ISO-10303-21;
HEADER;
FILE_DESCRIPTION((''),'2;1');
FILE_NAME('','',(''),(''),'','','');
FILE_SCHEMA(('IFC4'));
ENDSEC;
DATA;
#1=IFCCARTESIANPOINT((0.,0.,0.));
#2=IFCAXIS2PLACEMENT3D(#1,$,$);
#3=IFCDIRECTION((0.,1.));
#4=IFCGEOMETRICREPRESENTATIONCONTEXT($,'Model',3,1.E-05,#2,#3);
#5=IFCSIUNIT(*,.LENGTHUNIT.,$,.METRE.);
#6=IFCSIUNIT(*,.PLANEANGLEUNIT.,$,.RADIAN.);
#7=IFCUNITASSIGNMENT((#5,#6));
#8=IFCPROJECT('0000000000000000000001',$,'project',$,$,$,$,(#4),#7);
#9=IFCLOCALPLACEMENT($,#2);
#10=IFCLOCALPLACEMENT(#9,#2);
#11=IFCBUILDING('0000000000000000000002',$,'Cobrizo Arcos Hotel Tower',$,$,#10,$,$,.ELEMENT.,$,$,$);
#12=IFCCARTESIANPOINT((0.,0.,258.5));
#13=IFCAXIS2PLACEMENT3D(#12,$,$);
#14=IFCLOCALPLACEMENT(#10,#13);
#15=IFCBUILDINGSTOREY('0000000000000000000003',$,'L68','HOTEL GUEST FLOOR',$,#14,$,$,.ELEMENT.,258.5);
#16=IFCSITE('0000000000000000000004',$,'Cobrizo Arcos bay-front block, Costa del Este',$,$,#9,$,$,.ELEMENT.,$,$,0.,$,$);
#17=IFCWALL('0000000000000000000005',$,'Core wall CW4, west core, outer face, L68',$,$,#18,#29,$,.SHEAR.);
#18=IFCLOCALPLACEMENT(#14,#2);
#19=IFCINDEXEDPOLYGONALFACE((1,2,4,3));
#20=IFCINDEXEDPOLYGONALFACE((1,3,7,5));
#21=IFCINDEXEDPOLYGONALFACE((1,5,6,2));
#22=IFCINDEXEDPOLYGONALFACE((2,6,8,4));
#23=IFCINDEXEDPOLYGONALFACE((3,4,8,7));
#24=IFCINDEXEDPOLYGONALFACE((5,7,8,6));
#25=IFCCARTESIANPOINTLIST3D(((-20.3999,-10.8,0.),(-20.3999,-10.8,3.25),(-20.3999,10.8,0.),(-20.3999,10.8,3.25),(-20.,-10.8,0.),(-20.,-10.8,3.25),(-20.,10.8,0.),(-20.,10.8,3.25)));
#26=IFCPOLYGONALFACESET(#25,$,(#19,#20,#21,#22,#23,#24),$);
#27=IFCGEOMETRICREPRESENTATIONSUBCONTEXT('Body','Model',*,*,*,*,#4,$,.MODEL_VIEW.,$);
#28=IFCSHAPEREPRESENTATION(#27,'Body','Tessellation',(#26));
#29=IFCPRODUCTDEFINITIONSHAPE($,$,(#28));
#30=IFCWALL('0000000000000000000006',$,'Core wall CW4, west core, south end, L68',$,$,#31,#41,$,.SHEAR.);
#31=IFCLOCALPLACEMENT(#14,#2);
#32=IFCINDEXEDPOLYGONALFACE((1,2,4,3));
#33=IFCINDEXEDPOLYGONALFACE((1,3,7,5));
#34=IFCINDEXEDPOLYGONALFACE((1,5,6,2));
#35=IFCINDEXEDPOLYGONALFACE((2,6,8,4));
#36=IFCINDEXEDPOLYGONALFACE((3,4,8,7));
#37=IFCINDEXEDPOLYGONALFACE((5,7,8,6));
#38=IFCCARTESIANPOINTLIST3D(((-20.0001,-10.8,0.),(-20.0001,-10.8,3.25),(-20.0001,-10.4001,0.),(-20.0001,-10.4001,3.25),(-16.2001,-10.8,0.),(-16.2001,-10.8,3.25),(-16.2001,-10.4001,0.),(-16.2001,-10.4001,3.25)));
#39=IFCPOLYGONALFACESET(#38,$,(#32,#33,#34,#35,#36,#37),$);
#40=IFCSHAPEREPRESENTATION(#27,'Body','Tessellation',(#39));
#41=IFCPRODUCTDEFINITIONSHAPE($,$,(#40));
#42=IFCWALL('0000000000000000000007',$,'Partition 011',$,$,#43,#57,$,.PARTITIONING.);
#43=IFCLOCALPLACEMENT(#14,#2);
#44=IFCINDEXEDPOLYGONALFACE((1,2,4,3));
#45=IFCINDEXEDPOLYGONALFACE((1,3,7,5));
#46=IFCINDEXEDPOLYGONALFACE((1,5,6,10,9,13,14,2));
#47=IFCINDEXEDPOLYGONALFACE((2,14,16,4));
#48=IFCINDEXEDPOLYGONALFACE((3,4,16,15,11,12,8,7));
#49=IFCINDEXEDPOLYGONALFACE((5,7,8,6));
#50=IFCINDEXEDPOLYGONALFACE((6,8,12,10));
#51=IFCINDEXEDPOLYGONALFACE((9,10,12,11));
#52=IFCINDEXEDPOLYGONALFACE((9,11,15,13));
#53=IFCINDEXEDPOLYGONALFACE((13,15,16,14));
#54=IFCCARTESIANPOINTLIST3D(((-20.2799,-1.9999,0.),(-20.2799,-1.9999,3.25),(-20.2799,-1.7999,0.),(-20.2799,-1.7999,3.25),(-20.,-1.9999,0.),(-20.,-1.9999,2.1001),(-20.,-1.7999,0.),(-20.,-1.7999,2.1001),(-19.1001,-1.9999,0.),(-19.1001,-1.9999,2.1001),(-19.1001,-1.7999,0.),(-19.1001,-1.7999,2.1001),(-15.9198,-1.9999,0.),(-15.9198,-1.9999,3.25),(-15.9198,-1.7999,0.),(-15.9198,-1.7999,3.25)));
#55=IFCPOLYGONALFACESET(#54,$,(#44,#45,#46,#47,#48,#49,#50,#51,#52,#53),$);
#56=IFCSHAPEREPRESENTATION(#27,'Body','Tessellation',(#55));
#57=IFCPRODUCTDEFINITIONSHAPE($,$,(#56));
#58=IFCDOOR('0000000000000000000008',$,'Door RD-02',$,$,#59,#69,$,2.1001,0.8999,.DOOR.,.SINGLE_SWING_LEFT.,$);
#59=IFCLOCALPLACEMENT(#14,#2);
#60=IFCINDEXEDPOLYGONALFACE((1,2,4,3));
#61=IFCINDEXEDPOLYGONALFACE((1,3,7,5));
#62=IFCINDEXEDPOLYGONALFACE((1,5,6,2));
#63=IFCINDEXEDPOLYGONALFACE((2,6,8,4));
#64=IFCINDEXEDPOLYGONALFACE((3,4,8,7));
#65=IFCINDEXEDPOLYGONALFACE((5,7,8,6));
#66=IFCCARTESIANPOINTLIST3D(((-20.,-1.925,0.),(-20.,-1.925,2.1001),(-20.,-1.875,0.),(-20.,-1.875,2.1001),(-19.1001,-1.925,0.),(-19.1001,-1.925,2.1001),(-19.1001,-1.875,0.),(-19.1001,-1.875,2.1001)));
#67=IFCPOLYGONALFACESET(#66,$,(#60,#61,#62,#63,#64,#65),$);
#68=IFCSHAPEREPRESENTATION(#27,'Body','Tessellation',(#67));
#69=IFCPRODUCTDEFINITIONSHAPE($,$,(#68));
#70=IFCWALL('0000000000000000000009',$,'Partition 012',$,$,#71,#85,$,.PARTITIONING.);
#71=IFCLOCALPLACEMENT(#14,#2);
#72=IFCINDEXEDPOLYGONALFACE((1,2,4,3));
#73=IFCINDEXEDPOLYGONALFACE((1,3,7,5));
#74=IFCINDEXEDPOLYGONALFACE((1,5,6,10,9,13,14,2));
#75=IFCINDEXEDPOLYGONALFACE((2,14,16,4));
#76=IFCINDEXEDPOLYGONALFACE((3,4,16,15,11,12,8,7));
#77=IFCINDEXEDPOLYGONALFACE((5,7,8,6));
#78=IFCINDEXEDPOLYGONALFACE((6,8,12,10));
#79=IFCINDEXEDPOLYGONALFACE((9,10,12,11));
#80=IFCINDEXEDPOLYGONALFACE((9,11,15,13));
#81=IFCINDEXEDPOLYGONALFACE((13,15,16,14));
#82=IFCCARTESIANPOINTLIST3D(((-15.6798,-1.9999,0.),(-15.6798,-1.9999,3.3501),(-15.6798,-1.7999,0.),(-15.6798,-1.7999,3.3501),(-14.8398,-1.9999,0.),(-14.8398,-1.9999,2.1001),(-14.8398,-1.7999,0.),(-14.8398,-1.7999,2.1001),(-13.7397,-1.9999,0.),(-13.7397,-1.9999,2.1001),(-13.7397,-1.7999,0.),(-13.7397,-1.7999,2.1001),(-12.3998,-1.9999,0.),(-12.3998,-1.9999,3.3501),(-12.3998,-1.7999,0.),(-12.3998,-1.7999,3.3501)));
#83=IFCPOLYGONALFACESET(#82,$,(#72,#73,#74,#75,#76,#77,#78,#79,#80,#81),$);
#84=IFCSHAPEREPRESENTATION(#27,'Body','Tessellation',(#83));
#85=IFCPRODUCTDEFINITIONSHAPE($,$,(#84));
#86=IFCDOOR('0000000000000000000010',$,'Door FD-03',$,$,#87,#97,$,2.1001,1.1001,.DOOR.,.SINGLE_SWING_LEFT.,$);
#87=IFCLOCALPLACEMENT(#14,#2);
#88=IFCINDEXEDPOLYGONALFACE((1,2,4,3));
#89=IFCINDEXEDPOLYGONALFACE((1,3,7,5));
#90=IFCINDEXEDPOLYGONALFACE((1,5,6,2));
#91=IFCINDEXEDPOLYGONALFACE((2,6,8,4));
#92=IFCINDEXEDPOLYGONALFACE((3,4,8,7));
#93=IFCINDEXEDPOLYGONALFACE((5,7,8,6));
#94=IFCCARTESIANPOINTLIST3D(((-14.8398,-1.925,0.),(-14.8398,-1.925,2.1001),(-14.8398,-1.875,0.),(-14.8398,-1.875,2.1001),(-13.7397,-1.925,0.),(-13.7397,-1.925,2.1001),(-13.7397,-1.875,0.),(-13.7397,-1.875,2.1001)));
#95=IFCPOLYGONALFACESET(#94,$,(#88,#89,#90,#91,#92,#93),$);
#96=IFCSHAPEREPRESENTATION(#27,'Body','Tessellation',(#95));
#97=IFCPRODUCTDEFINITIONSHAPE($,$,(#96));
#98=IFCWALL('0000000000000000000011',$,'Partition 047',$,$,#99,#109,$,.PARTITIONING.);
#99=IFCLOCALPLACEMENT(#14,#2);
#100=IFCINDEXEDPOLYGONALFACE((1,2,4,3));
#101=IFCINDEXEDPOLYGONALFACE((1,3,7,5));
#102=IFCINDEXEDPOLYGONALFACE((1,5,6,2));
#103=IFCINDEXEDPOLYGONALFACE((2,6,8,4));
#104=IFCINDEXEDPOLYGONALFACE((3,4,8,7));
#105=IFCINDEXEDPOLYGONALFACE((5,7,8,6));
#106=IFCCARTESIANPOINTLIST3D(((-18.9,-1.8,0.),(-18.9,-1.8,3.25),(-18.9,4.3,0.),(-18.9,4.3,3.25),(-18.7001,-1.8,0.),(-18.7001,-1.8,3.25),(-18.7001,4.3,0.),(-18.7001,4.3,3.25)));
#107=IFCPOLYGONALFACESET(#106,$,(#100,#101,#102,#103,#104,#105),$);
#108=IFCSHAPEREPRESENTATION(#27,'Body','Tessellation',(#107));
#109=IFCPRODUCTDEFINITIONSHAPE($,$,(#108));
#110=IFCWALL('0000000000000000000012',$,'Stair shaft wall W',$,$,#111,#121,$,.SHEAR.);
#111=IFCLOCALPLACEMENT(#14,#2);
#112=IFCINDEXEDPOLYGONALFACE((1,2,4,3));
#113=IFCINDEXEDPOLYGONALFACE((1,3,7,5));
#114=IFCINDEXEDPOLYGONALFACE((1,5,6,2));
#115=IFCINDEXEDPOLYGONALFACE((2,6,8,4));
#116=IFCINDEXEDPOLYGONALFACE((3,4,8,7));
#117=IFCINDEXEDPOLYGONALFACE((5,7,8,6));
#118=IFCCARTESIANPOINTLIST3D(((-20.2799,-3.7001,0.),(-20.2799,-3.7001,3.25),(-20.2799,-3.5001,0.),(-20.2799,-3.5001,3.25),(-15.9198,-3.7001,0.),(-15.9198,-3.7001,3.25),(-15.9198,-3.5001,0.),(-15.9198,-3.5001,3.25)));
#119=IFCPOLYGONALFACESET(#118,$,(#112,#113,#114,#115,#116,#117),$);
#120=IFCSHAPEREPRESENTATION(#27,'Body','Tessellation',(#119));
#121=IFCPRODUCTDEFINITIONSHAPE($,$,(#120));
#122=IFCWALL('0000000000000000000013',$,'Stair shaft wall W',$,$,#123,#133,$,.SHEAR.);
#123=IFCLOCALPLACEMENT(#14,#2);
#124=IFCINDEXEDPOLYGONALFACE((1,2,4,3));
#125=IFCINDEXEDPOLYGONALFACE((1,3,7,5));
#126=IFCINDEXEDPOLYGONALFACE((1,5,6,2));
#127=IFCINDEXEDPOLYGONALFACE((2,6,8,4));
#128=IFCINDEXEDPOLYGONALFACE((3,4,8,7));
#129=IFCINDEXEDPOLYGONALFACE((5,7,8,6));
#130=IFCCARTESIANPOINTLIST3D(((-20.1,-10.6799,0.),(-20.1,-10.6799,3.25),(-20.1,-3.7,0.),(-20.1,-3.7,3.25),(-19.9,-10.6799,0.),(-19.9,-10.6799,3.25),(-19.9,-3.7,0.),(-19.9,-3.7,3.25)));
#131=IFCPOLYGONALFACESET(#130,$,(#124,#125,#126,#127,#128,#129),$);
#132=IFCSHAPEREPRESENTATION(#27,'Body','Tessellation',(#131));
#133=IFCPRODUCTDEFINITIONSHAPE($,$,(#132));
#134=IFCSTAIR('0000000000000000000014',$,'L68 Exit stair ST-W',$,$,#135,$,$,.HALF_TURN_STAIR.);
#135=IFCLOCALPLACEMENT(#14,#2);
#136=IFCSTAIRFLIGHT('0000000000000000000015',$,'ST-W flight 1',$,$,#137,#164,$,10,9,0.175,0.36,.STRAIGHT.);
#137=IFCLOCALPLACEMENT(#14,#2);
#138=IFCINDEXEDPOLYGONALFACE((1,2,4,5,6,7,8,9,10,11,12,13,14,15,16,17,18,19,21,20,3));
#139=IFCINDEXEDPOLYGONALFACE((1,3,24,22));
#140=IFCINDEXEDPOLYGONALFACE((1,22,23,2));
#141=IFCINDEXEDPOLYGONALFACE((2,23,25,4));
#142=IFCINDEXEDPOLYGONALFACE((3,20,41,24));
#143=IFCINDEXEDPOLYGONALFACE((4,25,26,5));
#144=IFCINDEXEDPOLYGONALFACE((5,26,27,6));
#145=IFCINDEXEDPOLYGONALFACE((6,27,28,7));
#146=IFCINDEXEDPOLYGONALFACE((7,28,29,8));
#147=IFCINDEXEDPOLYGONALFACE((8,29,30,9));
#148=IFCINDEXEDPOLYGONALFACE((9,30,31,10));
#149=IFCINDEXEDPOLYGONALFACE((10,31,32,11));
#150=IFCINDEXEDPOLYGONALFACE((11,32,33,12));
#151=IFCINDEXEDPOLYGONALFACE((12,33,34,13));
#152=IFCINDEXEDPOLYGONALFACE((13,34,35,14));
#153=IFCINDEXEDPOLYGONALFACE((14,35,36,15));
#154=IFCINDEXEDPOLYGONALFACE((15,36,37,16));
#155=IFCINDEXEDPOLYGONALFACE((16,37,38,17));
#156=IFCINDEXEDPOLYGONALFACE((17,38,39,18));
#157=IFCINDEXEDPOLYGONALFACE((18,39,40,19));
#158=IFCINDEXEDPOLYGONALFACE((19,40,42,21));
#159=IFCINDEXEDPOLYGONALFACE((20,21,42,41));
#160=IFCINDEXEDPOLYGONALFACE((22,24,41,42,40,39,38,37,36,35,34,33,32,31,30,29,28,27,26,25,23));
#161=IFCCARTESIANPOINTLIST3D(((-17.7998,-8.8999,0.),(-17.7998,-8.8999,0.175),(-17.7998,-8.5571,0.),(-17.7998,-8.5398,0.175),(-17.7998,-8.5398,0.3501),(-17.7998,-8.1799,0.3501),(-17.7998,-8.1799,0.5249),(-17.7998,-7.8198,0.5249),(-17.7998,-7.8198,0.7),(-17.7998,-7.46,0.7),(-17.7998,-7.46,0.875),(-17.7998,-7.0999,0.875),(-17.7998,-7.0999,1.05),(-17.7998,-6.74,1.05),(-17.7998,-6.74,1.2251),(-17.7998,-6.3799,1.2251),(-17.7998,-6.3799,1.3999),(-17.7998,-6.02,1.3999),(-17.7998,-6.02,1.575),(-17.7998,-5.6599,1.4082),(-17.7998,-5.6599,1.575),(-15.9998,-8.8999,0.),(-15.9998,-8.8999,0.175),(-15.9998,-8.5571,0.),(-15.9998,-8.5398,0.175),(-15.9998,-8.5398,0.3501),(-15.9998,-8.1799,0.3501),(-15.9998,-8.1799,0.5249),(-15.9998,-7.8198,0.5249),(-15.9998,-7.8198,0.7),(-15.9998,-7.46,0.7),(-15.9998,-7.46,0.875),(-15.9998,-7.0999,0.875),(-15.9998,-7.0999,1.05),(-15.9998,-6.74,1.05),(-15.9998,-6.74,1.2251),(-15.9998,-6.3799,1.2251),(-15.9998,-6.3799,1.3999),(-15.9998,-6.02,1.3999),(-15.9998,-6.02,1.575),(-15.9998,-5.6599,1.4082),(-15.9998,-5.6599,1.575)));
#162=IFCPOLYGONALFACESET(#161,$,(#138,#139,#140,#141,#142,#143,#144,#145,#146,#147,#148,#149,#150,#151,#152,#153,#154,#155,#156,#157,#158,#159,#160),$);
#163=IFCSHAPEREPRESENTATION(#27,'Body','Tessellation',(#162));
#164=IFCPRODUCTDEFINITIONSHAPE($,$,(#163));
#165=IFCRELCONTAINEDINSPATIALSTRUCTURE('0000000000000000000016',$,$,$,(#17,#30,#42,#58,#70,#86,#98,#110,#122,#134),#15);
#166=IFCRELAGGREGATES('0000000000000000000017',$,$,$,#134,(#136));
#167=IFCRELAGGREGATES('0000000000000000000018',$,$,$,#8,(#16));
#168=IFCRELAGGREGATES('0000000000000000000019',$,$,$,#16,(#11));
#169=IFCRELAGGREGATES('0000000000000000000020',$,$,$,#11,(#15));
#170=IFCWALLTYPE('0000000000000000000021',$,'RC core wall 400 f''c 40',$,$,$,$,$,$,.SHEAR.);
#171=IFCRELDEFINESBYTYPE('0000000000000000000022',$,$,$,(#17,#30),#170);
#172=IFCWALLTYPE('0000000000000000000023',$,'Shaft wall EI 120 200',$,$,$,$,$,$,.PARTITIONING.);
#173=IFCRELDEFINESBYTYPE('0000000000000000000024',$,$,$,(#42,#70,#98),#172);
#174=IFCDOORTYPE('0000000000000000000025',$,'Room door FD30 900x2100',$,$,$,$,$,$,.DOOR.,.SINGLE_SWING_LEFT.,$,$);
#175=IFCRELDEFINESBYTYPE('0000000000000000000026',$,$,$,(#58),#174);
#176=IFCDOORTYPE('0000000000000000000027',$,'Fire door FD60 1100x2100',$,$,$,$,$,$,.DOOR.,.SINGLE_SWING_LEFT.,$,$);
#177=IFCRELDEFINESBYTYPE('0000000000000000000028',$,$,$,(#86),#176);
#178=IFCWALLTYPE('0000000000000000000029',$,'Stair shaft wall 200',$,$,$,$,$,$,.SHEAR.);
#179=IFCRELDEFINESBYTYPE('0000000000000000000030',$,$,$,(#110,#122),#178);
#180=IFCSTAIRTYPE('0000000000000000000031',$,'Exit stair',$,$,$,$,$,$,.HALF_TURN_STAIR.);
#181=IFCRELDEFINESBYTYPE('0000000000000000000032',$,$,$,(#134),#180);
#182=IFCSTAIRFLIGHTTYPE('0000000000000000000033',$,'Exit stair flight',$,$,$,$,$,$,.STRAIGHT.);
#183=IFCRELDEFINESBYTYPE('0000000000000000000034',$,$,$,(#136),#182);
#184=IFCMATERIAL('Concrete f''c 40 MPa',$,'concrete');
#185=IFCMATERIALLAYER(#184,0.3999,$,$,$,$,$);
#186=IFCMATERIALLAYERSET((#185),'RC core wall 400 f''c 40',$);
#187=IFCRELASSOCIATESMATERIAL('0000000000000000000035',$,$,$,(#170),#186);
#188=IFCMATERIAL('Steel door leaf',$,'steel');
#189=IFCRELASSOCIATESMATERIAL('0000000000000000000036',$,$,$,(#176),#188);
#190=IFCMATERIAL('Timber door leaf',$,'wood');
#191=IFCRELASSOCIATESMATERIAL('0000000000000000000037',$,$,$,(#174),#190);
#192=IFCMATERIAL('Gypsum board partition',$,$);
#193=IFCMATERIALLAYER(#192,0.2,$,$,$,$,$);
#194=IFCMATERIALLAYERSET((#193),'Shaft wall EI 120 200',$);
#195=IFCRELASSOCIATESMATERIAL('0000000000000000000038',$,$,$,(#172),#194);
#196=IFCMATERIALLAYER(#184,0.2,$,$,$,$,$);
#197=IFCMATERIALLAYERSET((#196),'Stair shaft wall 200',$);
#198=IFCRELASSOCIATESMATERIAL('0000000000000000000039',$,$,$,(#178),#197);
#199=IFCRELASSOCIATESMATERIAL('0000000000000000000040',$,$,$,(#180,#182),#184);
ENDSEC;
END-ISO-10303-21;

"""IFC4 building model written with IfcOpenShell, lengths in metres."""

from ifc_helpers import new_model, si_unit, direction, frame, frame_2d, origin, place, context, subcontext, project, spatial, polyline, rectangle, outline, extrude, material, layer, layer_set, type_object, element, fill, aggregate, save


model = new_model("IFC4")

# Units and contexts
model_context = context("Model", 3, precision=1e-05, world=origin(), true_north=direction((0.0, 1.0)))
body_context = subcontext(model_context, "Body", "Model", "MODEL_VIEW")
ifc_project = project(units=[si_unit("LENGTHUNIT", "METRE"), si_unit("PLANEANGLEUNIT", "RADIAN")], contexts=[model_context])

# Site, building, storey
site_placement = place(None, origin())
site = spatial("IfcSite", under=ifc_project, at=site_placement, Name="Cobrizo Arcos bay-front block, Costa del Este", CompositionType="ELEMENT", RefElevation=0.0)
building_placement = place(site_placement, origin())
building = spatial("IfcBuilding", under=site, at=building_placement, Name="Cobrizo Arcos Hotel Tower", CompositionType="ELEMENT")
storey_placement = place(building_placement, frame((0.0, 0.0, 258.5)))
storey = spatial("IfcBuildingStorey", under=building, at=storey_placement, Name="L68", Description="HOTEL GUEST FLOOR", CompositionType="ELEMENT", Elevation=258.5)

# Shared definitions
ifc_material_1 = material(Name="Concrete f'c 40 MPa", Category="concrete")
ifc_layer_1 = layer(ifc_material_1, 0.3999)
ifc_layer_set_1 = layer_set([ifc_layer_1], Name="RC core wall 400 f'c 40")
wall_type_1 = type_object("IfcWallType", Name="RC core wall 400 f'c 40", PredefinedType="SHEAR", material=ifc_layer_set_1)
ifc_material_2 = material(Name="Steel door leaf", Category="steel")
door_type_1 = type_object("IfcDoorType", Name="Fire door FD60 1100x2100", OperationType="SINGLE_SWING_LEFT", PredefinedType="DOOR", material=ifc_material_2)
ifc_material_3 = material(Name="Timber door leaf", Category="wood")
door_type_2 = type_object("IfcDoorType", Name="Room door FD30 900x2100", OperationType="SINGLE_SWING_LEFT", PredefinedType="DOOR", material=ifc_material_3)

# Walls
wall_1_placement = place(storey_placement, frame((-20.2, -10.8, 0.0), z_axis=(0.0, 0.0, 1.0), x_axis=(0.0, 1.0, 0.0)))
element("IfcWall", 1, at=wall_1_placement, inside=storey, type_object=wall_type_1, Name="Core wall CW4, west core, outer face, L68", PredefinedType="SHEAR", context=body_context, shape_type="SweptSolid", body=[
    extrude(rectangle(XDim=21.6001, YDim=0.3999, at=frame_2d((10.8, 0.0))), origin(), (0.0, 0.0, 1.0), 3.25),
])
wall_2_placement = place(storey_placement, frame((-20.0, -10.6001, 0.0), z_axis=(0.0, 0.0, 1.0), x_axis=(1.0, 0.0, 0.0)))
element("IfcWall", 2, at=wall_2_placement, inside=storey, type_object=wall_type_1, Name="Core wall CW4, west core, south end, L68", PredefinedType="SHEAR", context=body_context, shape_type="SweptSolid", body=[
    extrude(rectangle(XDim=3.8, YDim=0.3999, at=frame_2d((1.8999, 0.0))), origin(), (0.0, 0.0, 1.0), 3.25),
])

# Walls, openings, doors
ifc_material_4 = material(Name="Gypsum board partition")
ifc_layer_2 = layer(ifc_material_4, 0.2)
ifc_layer_set_2 = layer_set([ifc_layer_2], Name="Shaft wall EI 120 200")
wall_type_2 = type_object("IfcWallType", Name="Shaft wall EI 120 200", PredefinedType="PARTITIONING", material=ifc_layer_set_2)
wall_3_placement = place(storey_placement, frame((-20.28, -1.8999, 0.0), z_axis=(0.0, 0.0, 1.0), x_axis=(1.0, 0.0, 0.0)))
wall_3 = element("IfcWall", 3, at=wall_3_placement, inside=storey, type_object=wall_type_2, Name="Partition 011", PredefinedType="PARTITIONING", context=body_context, shape_type="SweptSolid", body=[
    extrude(rectangle(XDim=4.3601, YDim=0.2, at=frame_2d((2.1802, 0.0))), origin(), (0.0, 0.0, 1.0), 3.25),
])
opening_1_placement = place(wall_3_placement, frame((0.28, 0.0, 0.0)))
opening_1 = element("IfcOpeningElement", 4, at=opening_1_placement, cuts=wall_3, PredefinedType="OPENING", context=body_context, shape_type="SweptSolid", body=[
    extrude(rectangle(XDim=0.8999, YDim=2.1001, at=frame_2d((0.45, 1.05))), frame((0.0, 0.1121, 0.0), z_axis=(0.0, -1.0, 0.0), x_axis=(1.0, 0.0, 0.0)), (0.0, 0.0, 1.0), 0.2239),
])
door_1_placement = place(opening_1_placement, origin())
door_1 = element("IfcDoor", 5, at=door_1_placement, inside=storey, type_object=door_type_2, Name="Door RD-02", OperationType="SINGLE_SWING_LEFT", OverallHeight=2.1001, OverallWidth=0.8999, PredefinedType="DOOR", context=body_context, shape_type="SweptSolid", body=[
    extrude(rectangle(XDim=0.8999, YDim=2.1001, at=frame_2d((0.45, 1.05))), frame((0.0, 0.0249, 0.0), z_axis=(0.0, -1.0, 0.0), x_axis=(1.0, 0.0, 0.0)), (0.0, 0.0, 1.0), 0.05),
])
fill(opening_1, door_1)
wall_4_placement = place(storey_placement, frame((-15.6799, -1.8999, 0.0), z_axis=(0.0, 0.0, 1.0), x_axis=(1.0, 0.0, 0.0)))
wall_4 = element("IfcWall", 6, at=wall_4_placement, inside=storey, type_object=wall_type_2, Name="Partition 012", PredefinedType="PARTITIONING", context=body_context, shape_type="SweptSolid", body=[
    extrude(rectangle(XDim=3.28, YDim=0.2, at=frame_2d((1.6401, 0.0))), origin(), (0.0, 0.0, 1.0), 3.3501),
])
opening_2_placement = place(wall_4_placement, frame((0.8401, 0.0, 0.0)))
opening_2 = element("IfcOpeningElement", 7, at=opening_2_placement, cuts=wall_4, PredefinedType="OPENING", context=body_context, shape_type="SweptSolid", body=[
    extrude(rectangle(XDim=1.1001, YDim=2.1001, at=frame_2d((0.55, 1.05))), frame((0.0, 0.1121, 0.0), z_axis=(0.0, -1.0, 0.0), x_axis=(1.0, 0.0, 0.0)), (0.0, 0.0, 1.0), 0.2239),
])
door_2_placement = place(opening_2_placement, origin())
door_2 = element("IfcDoor", 8, at=door_2_placement, inside=storey, type_object=door_type_1, Name="Door FD-03", OperationType="SINGLE_SWING_LEFT", OverallHeight=2.1001, OverallWidth=1.1001, PredefinedType="DOOR", context=body_context, shape_type="SweptSolid", body=[
    extrude(rectangle(XDim=1.1001, YDim=2.1001, at=frame_2d((0.55, 1.05))), frame((0.0, 0.0249, 0.0), z_axis=(0.0, -1.0, 0.0), x_axis=(1.0, 0.0, 0.0)), (0.0, 0.0, 1.0), 0.05),
])
fill(opening_2, door_2)

# Walls
wall_5_placement = place(storey_placement, frame((-18.8, -1.8, 0.0), z_axis=(0.0, 0.0, 1.0), x_axis=(0.0, 1.0, 0.0)))
element("IfcWall", 9, at=wall_5_placement, inside=storey, type_object=wall_type_2, Name="Partition 047", PredefinedType="PARTITIONING", context=body_context, shape_type="SweptSolid", body=[
    extrude(rectangle(XDim=6.1001, YDim=0.2, at=frame_2d((3.05, 0.0))), origin(), (0.0, 0.0, 1.0), 3.25),
])
ifc_layer_3 = layer(ifc_material_1, 0.2)
ifc_layer_set_3 = layer_set([ifc_layer_3], Name="Stair shaft wall 200")
wall_type_3 = type_object("IfcWallType", Name="Stair shaft wall 200", PredefinedType="SHEAR", material=ifc_layer_set_3)
wall_6_placement = place(storey_placement, frame((-20.28, -3.6001, 0.0), z_axis=(0.0, 0.0, 1.0), x_axis=(1.0, 0.0, 0.0)))
element("IfcWall", 10, at=wall_6_placement, inside=storey, type_object=wall_type_3, Name="Stair shaft wall W", PredefinedType="SHEAR", context=body_context, shape_type="SweptSolid", body=[
    extrude(rectangle(XDim=4.3601, YDim=0.2, at=frame_2d((2.1802, 0.0))), origin(), (0.0, 0.0, 1.0), 3.25),
])
wall_7_placement = place(storey_placement, frame((-20.0, -10.6799, 0.0), z_axis=(0.0, 0.0, 1.0), x_axis=(0.0, 1.0, 0.0)))
element("IfcWall", 11, at=wall_7_placement, inside=storey, type_object=wall_type_3, Name="Stair shaft wall W", PredefinedType="SHEAR", context=body_context, shape_type="SweptSolid", body=[
    extrude(rectangle(XDim=6.98, YDim=0.2, at=frame_2d((3.49, 0.0))), origin(), (0.0, 0.0, 1.0), 3.25),
])

# Stair, stair flight
stair_type = type_object("IfcStairType", Name="Exit stair", PredefinedType="HALF_TURN_STAIR", material=ifc_material_1)
stair_placement = place(storey_placement, origin())
stair = element("IfcStair", 12, at=stair_placement, inside=storey, type_object=stair_type, Name="L68 Exit stair ST-W", PredefinedType="HALF_TURN_STAIR")
stair_flight_type = type_object("IfcStairFlightType", Name="Exit stair flight", PredefinedType="STRAIGHT", material=ifc_material_1)
stair_flight_1_placement = place(storey_placement, frame((-16.8999, -8.8999, 0.0), z_axis=(0.0, 0.0, 1.0), x_axis=(0.0, 1.0, 0.0)))
stair_flight_1 = element("IfcStairFlight", 13, at=stair_flight_1_placement, type_object=stair_flight_type, Name="ST-W flight 1", NumberOfRisers=10, NumberOfTreads=9, PredefinedType="STRAIGHT", RiserHeight=0.175, TreadLength=0.36, context=body_context, shape_type="SweptSolid", body=[
    extrude(outline(polyline([(0.0, 0.0), (0.0, 0.175), (0.3601, 0.175), (0.3601, 0.3501), (0.72, 0.3501), (0.72, 0.5249), (1.0801, 0.5249), (1.0801, 0.7), (1.4399, 0.7), (1.4399, 0.875), (1.8, 0.875), (1.8, 1.05), (2.1599, 1.05), (2.1599, 1.2251), (2.52, 1.2251), (2.52, 1.3999), (2.8799, 1.3999), (2.8799, 1.575), (3.24, 1.575), (3.24, 1.75), (3.24, 1.4082), (0.3428, 0.0), (0.0, 0.0)])), frame((0.0, 0.8999, 0.0), z_axis=(0.0, -1.0, 0.0), x_axis=(1.0, 0.0, 0.0)), (0.0, 0.0, 1.0), 1.8),
])
aggregate(stair, [stair_flight_1])

save(model, "model.ifc")
